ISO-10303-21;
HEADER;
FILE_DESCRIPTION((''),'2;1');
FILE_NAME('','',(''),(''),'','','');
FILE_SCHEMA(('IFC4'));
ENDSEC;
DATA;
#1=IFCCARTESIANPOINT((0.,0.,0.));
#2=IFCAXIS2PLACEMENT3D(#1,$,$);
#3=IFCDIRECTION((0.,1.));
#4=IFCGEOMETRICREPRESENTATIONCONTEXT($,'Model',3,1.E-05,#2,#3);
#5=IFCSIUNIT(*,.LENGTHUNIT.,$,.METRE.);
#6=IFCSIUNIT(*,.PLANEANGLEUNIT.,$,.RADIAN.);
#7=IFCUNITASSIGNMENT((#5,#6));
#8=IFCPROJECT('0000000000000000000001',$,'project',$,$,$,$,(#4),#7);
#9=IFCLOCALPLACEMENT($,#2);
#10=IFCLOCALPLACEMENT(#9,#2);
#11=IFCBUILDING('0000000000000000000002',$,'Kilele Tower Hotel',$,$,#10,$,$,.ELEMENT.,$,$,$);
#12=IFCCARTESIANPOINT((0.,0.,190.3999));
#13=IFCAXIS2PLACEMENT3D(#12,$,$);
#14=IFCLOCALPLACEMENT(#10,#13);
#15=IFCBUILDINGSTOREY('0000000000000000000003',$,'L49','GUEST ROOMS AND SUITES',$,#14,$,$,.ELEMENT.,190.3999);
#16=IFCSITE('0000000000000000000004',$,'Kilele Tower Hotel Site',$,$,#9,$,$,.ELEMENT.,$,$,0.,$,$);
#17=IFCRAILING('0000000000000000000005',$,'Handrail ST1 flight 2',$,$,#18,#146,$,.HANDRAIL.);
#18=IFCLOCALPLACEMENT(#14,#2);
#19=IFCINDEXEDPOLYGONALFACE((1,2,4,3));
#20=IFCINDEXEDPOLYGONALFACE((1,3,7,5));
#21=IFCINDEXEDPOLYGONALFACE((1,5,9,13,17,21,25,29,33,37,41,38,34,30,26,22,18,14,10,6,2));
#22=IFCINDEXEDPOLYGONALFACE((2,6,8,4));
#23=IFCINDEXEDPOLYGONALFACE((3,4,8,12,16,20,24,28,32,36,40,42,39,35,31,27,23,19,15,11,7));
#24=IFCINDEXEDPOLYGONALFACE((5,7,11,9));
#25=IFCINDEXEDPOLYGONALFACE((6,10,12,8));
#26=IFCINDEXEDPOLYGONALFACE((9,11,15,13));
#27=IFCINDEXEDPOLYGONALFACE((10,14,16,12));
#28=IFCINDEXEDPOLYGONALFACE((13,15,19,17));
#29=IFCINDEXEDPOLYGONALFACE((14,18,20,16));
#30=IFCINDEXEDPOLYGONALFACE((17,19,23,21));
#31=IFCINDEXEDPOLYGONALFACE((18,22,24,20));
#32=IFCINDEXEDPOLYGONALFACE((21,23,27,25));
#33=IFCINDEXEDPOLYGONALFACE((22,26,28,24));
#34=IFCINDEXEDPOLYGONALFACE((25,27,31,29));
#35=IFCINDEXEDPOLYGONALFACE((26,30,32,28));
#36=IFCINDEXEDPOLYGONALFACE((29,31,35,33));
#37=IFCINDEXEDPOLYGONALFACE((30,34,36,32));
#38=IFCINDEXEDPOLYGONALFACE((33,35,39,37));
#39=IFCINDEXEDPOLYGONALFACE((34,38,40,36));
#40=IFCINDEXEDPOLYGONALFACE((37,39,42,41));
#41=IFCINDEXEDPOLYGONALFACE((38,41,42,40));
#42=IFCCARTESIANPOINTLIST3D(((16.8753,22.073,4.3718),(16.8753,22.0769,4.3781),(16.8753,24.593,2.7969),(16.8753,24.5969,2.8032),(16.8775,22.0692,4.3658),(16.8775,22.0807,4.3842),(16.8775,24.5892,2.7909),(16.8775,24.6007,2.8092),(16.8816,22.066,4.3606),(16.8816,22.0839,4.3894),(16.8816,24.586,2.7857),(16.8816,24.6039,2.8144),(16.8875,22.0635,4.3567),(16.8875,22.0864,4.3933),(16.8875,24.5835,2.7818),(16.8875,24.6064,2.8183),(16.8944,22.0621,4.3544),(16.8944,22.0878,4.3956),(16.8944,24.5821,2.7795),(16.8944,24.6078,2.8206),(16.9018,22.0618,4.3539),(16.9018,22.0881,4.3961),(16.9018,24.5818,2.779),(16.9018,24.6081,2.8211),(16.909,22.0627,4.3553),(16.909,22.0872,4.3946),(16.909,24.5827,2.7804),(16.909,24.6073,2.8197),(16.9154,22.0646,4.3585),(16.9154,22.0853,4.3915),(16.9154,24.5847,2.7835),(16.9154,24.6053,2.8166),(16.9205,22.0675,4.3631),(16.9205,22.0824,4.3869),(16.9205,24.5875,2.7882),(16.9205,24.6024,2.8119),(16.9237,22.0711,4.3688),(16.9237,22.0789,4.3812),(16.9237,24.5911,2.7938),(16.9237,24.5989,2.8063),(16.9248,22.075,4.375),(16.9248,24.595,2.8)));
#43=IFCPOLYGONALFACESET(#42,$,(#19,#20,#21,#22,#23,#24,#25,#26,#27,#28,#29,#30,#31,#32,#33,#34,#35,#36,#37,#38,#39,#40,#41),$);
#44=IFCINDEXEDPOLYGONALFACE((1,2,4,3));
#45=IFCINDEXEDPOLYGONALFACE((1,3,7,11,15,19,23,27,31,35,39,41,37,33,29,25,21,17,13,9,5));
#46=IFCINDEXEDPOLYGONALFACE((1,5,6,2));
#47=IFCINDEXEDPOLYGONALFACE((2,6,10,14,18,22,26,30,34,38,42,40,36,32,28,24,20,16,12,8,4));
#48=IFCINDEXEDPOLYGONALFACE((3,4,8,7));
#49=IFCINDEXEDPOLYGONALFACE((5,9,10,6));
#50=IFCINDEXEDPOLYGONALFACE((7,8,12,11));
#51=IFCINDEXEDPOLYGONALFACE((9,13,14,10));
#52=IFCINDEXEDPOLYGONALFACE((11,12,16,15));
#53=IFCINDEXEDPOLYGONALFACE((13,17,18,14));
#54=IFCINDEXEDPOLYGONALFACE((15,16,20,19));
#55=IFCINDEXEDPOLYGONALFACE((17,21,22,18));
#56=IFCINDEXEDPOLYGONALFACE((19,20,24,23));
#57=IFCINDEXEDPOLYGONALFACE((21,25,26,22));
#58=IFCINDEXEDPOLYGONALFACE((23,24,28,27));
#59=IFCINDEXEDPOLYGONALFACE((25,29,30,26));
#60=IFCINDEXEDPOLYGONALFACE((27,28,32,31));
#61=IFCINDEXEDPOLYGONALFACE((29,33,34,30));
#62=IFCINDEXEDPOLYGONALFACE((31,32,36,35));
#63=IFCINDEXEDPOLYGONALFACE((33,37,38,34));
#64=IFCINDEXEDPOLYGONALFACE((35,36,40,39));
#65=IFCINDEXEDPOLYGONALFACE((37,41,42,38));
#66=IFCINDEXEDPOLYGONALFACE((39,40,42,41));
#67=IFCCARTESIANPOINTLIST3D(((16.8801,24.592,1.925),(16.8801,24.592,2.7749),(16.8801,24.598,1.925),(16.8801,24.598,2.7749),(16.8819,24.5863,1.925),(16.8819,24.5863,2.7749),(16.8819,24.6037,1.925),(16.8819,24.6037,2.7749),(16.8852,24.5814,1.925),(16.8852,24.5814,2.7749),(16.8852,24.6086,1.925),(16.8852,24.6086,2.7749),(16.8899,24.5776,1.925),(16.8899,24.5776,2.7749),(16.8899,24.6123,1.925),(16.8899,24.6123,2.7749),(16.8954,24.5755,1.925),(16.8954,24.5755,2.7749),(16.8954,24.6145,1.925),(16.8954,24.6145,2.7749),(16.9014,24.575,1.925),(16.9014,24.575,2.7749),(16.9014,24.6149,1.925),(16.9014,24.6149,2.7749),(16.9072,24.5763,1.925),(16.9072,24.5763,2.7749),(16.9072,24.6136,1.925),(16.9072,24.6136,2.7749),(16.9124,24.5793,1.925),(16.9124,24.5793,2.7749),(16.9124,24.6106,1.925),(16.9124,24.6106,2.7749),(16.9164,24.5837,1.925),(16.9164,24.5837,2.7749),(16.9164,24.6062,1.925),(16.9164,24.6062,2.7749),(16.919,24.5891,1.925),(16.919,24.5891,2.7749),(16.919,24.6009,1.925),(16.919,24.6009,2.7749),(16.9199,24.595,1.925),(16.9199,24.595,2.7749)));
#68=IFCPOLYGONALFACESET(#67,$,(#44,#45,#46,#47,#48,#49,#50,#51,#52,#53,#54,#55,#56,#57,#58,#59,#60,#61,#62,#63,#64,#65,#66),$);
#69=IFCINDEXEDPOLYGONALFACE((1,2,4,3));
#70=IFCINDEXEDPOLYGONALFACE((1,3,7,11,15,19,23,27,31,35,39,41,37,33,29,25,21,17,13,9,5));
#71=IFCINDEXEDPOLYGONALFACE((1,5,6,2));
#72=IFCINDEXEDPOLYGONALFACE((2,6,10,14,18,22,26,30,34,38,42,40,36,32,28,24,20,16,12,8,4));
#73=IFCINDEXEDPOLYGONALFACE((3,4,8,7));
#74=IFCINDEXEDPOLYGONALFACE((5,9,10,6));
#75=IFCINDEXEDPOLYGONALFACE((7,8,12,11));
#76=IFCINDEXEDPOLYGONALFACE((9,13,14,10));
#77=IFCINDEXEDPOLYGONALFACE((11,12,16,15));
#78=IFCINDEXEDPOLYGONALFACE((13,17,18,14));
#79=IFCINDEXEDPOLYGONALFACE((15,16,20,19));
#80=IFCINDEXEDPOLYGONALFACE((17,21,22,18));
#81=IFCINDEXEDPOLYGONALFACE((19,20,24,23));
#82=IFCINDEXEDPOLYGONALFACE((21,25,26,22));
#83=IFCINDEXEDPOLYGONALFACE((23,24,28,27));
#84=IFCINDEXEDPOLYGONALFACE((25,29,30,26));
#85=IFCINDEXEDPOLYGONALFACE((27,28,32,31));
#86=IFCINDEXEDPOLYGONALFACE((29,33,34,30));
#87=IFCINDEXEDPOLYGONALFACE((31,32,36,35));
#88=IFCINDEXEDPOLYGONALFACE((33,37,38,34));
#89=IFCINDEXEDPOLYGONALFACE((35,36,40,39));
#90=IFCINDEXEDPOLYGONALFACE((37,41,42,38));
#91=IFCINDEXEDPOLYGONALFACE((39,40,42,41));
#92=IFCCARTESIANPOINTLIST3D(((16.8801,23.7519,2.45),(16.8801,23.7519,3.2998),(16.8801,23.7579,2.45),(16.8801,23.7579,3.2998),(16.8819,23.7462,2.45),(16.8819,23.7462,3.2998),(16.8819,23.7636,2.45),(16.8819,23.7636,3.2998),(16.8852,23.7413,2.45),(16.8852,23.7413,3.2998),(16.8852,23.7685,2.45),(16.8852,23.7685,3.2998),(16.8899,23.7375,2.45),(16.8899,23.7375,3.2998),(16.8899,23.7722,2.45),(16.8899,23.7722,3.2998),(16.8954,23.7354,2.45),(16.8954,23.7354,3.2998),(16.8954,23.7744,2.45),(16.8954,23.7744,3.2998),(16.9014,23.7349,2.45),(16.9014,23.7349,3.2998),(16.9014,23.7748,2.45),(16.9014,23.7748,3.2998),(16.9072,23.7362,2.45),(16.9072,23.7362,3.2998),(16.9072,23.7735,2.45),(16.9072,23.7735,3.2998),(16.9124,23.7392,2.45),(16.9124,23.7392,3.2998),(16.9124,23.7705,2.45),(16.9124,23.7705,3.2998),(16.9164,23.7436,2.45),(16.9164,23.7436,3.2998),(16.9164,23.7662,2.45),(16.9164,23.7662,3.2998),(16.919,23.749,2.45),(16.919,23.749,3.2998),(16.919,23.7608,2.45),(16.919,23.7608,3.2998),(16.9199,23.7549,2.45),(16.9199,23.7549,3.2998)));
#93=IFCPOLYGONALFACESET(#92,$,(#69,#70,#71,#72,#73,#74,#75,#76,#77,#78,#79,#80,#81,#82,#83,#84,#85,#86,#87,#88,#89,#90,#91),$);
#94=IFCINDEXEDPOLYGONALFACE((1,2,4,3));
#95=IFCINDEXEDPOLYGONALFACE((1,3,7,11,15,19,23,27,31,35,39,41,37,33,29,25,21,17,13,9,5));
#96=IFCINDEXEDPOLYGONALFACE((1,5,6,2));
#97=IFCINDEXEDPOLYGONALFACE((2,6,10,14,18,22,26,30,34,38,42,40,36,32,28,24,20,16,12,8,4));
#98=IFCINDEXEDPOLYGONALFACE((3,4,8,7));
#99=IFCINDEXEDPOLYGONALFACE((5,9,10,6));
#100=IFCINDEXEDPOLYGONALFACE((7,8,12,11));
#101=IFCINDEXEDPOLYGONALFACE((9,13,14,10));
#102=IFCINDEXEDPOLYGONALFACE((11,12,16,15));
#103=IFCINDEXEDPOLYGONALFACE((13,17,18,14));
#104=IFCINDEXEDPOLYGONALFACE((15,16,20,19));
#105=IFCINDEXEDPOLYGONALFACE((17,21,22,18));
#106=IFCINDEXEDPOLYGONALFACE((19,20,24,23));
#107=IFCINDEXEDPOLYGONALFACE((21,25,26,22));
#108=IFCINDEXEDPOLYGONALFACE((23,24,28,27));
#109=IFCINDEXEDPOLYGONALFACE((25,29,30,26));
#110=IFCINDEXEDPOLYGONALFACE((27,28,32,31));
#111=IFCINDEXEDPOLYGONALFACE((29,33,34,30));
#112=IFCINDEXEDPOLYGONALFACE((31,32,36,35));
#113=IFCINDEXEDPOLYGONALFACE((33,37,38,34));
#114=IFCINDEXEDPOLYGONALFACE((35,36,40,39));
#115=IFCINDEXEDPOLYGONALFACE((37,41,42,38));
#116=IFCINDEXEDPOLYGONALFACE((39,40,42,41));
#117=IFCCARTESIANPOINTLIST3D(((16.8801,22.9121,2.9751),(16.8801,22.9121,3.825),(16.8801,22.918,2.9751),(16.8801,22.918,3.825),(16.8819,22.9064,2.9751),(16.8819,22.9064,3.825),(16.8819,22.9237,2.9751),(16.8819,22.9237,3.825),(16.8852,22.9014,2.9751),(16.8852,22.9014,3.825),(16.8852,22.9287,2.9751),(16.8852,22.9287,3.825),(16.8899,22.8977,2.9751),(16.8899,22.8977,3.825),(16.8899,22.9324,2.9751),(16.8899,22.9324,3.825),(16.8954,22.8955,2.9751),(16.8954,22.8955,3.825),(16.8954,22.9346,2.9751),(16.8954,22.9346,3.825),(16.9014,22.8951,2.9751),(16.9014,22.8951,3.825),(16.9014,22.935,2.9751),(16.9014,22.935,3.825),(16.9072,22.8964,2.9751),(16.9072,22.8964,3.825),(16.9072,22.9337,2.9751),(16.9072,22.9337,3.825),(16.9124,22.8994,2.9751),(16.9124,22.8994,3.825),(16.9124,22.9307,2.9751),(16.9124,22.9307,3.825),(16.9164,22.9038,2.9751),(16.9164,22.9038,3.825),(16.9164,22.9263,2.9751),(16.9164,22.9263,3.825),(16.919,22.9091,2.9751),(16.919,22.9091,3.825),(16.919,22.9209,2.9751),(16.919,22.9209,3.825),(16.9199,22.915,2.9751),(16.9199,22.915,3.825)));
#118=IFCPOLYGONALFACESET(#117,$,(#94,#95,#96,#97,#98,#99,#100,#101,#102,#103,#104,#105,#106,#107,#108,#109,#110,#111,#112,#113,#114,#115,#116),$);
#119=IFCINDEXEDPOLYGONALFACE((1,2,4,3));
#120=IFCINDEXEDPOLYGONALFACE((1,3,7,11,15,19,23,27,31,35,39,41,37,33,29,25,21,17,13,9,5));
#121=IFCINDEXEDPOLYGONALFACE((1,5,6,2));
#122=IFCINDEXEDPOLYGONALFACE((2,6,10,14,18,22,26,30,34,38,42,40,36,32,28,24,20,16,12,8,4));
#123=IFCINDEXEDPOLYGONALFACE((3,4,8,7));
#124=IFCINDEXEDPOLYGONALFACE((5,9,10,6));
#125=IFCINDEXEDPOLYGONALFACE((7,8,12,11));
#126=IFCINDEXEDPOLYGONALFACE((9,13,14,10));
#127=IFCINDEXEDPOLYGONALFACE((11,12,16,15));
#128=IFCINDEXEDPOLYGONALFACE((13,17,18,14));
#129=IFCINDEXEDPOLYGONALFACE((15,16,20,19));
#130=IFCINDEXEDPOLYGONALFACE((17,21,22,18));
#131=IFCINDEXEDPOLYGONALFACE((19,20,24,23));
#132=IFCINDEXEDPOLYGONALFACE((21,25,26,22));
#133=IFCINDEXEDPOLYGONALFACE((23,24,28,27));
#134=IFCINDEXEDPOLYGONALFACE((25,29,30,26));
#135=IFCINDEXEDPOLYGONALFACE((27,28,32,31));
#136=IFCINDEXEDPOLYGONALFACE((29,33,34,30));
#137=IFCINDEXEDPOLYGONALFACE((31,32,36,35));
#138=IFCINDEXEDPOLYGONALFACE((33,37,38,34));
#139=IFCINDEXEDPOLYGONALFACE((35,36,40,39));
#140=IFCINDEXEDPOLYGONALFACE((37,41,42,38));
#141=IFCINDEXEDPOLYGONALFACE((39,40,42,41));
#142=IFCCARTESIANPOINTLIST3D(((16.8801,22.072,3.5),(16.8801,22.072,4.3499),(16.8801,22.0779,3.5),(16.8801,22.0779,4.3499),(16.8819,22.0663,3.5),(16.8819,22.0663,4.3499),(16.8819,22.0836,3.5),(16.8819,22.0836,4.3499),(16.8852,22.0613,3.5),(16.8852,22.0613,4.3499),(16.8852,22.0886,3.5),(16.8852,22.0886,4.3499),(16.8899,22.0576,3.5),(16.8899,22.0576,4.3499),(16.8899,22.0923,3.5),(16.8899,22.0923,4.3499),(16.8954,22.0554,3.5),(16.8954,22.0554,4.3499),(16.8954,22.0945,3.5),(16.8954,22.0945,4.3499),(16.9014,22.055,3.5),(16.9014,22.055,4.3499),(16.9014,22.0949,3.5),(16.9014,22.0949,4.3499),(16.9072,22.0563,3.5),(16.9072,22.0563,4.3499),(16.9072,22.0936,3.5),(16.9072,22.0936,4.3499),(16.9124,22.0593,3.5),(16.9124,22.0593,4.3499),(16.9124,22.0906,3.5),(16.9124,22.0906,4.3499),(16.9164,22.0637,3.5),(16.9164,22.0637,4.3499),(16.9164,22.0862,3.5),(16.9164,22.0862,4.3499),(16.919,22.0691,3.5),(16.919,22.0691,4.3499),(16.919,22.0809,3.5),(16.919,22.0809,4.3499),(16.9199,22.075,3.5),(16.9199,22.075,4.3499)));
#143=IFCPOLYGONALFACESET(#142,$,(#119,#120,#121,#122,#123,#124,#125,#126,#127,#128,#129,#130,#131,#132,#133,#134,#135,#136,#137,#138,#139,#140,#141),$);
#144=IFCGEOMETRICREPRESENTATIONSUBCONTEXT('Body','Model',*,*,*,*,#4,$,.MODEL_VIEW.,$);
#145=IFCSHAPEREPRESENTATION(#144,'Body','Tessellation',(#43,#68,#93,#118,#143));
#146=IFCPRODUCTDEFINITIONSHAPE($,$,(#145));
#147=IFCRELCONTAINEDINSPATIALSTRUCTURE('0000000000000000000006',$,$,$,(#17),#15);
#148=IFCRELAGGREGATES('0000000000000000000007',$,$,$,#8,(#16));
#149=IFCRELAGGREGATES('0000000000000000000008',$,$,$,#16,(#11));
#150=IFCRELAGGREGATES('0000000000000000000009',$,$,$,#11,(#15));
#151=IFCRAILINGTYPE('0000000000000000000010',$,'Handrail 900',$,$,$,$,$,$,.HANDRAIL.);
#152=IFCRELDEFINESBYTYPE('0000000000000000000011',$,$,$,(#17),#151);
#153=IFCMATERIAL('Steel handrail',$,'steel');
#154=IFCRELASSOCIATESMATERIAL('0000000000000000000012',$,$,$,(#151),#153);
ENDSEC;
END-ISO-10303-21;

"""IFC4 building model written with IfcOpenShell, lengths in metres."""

from ifc_helpers import new_model, si_unit, direction, frame, origin, origin_2d, place, context, subcontext, project, spatial, circle, extrude, material, type_object, element, save


model = new_model("IFC4")

# Units and contexts
model_context = context("Model", 3, precision=1e-05, world=origin(), true_north=direction((0.0, 1.0)))
body_context = subcontext(model_context, "Body", "Model", "MODEL_VIEW")
ifc_project = project(units=[si_unit("LENGTHUNIT", "METRE"), si_unit("PLANEANGLEUNIT", "RADIAN")], contexts=[model_context])

# Site, building, storey
site_placement = place(None, origin())
site = spatial("IfcSite", under=ifc_project, at=site_placement, Name="Kilele Tower Hotel Site", CompositionType="ELEMENT", RefElevation=0.0)
building_placement = place(site_placement, origin())
building = spatial("IfcBuilding", under=site, at=building_placement, Name="Kilele Tower Hotel", CompositionType="ELEMENT")
storey_placement = place(building_placement, frame((0.0, 0.0, 190.3999)))
storey = spatial("IfcBuildingStorey", under=building, at=storey_placement, Name="L49", Description="GUEST ROOMS AND SUITES", CompositionType="ELEMENT", Elevation=190.3999)

# Railing
ifc_material_1 = material(Name="Steel handrail", Category="steel")
railing_type_1 = type_object("IfcRailingType", Name="Handrail 900", PredefinedType="HANDRAIL", material=ifc_material_1)
for number, where, name in (
    (1, (16.8999, 24.595, 1.925), "Handrail ST1 flight 2"),
):
    element("IfcRailing", number, at=place(storey_placement, frame(where)), inside=storey, type_object=railing_type_1, Name=name, PredefinedType="HANDRAIL", context=body_context, shape_type="SweptSolid", body=[
        extrude(circle(Radius=0.0249, at=origin_2d()), frame((0.0, 0.0, 0.875), z_axis=(0.0, -0.848008, 0.529984), x_axis=(1.0, 0.0, 0.0)), (0.0, 0.0, 1.0), 2.9717),
        extrude(circle(Radius=0.02, at=origin_2d()), origin(), (0.0, 0.0, 1.0), 0.8499),
        extrude(circle(Radius=0.02, at=origin_2d()), frame((0.0, -0.8401, 0.5249)), (0.0, 0.0, 1.0), 0.8499),
        extrude(circle(Radius=0.02, at=origin_2d()), frame((0.0, -1.6799, 1.05)), (0.0, 0.0, 1.0), 0.8499),
        extrude(circle(Radius=0.02, at=origin_2d()), frame((0.0, -2.52, 1.575)), (0.0, 0.0, 1.0), 0.8499),
    ])

save(model, "model.ifc")
